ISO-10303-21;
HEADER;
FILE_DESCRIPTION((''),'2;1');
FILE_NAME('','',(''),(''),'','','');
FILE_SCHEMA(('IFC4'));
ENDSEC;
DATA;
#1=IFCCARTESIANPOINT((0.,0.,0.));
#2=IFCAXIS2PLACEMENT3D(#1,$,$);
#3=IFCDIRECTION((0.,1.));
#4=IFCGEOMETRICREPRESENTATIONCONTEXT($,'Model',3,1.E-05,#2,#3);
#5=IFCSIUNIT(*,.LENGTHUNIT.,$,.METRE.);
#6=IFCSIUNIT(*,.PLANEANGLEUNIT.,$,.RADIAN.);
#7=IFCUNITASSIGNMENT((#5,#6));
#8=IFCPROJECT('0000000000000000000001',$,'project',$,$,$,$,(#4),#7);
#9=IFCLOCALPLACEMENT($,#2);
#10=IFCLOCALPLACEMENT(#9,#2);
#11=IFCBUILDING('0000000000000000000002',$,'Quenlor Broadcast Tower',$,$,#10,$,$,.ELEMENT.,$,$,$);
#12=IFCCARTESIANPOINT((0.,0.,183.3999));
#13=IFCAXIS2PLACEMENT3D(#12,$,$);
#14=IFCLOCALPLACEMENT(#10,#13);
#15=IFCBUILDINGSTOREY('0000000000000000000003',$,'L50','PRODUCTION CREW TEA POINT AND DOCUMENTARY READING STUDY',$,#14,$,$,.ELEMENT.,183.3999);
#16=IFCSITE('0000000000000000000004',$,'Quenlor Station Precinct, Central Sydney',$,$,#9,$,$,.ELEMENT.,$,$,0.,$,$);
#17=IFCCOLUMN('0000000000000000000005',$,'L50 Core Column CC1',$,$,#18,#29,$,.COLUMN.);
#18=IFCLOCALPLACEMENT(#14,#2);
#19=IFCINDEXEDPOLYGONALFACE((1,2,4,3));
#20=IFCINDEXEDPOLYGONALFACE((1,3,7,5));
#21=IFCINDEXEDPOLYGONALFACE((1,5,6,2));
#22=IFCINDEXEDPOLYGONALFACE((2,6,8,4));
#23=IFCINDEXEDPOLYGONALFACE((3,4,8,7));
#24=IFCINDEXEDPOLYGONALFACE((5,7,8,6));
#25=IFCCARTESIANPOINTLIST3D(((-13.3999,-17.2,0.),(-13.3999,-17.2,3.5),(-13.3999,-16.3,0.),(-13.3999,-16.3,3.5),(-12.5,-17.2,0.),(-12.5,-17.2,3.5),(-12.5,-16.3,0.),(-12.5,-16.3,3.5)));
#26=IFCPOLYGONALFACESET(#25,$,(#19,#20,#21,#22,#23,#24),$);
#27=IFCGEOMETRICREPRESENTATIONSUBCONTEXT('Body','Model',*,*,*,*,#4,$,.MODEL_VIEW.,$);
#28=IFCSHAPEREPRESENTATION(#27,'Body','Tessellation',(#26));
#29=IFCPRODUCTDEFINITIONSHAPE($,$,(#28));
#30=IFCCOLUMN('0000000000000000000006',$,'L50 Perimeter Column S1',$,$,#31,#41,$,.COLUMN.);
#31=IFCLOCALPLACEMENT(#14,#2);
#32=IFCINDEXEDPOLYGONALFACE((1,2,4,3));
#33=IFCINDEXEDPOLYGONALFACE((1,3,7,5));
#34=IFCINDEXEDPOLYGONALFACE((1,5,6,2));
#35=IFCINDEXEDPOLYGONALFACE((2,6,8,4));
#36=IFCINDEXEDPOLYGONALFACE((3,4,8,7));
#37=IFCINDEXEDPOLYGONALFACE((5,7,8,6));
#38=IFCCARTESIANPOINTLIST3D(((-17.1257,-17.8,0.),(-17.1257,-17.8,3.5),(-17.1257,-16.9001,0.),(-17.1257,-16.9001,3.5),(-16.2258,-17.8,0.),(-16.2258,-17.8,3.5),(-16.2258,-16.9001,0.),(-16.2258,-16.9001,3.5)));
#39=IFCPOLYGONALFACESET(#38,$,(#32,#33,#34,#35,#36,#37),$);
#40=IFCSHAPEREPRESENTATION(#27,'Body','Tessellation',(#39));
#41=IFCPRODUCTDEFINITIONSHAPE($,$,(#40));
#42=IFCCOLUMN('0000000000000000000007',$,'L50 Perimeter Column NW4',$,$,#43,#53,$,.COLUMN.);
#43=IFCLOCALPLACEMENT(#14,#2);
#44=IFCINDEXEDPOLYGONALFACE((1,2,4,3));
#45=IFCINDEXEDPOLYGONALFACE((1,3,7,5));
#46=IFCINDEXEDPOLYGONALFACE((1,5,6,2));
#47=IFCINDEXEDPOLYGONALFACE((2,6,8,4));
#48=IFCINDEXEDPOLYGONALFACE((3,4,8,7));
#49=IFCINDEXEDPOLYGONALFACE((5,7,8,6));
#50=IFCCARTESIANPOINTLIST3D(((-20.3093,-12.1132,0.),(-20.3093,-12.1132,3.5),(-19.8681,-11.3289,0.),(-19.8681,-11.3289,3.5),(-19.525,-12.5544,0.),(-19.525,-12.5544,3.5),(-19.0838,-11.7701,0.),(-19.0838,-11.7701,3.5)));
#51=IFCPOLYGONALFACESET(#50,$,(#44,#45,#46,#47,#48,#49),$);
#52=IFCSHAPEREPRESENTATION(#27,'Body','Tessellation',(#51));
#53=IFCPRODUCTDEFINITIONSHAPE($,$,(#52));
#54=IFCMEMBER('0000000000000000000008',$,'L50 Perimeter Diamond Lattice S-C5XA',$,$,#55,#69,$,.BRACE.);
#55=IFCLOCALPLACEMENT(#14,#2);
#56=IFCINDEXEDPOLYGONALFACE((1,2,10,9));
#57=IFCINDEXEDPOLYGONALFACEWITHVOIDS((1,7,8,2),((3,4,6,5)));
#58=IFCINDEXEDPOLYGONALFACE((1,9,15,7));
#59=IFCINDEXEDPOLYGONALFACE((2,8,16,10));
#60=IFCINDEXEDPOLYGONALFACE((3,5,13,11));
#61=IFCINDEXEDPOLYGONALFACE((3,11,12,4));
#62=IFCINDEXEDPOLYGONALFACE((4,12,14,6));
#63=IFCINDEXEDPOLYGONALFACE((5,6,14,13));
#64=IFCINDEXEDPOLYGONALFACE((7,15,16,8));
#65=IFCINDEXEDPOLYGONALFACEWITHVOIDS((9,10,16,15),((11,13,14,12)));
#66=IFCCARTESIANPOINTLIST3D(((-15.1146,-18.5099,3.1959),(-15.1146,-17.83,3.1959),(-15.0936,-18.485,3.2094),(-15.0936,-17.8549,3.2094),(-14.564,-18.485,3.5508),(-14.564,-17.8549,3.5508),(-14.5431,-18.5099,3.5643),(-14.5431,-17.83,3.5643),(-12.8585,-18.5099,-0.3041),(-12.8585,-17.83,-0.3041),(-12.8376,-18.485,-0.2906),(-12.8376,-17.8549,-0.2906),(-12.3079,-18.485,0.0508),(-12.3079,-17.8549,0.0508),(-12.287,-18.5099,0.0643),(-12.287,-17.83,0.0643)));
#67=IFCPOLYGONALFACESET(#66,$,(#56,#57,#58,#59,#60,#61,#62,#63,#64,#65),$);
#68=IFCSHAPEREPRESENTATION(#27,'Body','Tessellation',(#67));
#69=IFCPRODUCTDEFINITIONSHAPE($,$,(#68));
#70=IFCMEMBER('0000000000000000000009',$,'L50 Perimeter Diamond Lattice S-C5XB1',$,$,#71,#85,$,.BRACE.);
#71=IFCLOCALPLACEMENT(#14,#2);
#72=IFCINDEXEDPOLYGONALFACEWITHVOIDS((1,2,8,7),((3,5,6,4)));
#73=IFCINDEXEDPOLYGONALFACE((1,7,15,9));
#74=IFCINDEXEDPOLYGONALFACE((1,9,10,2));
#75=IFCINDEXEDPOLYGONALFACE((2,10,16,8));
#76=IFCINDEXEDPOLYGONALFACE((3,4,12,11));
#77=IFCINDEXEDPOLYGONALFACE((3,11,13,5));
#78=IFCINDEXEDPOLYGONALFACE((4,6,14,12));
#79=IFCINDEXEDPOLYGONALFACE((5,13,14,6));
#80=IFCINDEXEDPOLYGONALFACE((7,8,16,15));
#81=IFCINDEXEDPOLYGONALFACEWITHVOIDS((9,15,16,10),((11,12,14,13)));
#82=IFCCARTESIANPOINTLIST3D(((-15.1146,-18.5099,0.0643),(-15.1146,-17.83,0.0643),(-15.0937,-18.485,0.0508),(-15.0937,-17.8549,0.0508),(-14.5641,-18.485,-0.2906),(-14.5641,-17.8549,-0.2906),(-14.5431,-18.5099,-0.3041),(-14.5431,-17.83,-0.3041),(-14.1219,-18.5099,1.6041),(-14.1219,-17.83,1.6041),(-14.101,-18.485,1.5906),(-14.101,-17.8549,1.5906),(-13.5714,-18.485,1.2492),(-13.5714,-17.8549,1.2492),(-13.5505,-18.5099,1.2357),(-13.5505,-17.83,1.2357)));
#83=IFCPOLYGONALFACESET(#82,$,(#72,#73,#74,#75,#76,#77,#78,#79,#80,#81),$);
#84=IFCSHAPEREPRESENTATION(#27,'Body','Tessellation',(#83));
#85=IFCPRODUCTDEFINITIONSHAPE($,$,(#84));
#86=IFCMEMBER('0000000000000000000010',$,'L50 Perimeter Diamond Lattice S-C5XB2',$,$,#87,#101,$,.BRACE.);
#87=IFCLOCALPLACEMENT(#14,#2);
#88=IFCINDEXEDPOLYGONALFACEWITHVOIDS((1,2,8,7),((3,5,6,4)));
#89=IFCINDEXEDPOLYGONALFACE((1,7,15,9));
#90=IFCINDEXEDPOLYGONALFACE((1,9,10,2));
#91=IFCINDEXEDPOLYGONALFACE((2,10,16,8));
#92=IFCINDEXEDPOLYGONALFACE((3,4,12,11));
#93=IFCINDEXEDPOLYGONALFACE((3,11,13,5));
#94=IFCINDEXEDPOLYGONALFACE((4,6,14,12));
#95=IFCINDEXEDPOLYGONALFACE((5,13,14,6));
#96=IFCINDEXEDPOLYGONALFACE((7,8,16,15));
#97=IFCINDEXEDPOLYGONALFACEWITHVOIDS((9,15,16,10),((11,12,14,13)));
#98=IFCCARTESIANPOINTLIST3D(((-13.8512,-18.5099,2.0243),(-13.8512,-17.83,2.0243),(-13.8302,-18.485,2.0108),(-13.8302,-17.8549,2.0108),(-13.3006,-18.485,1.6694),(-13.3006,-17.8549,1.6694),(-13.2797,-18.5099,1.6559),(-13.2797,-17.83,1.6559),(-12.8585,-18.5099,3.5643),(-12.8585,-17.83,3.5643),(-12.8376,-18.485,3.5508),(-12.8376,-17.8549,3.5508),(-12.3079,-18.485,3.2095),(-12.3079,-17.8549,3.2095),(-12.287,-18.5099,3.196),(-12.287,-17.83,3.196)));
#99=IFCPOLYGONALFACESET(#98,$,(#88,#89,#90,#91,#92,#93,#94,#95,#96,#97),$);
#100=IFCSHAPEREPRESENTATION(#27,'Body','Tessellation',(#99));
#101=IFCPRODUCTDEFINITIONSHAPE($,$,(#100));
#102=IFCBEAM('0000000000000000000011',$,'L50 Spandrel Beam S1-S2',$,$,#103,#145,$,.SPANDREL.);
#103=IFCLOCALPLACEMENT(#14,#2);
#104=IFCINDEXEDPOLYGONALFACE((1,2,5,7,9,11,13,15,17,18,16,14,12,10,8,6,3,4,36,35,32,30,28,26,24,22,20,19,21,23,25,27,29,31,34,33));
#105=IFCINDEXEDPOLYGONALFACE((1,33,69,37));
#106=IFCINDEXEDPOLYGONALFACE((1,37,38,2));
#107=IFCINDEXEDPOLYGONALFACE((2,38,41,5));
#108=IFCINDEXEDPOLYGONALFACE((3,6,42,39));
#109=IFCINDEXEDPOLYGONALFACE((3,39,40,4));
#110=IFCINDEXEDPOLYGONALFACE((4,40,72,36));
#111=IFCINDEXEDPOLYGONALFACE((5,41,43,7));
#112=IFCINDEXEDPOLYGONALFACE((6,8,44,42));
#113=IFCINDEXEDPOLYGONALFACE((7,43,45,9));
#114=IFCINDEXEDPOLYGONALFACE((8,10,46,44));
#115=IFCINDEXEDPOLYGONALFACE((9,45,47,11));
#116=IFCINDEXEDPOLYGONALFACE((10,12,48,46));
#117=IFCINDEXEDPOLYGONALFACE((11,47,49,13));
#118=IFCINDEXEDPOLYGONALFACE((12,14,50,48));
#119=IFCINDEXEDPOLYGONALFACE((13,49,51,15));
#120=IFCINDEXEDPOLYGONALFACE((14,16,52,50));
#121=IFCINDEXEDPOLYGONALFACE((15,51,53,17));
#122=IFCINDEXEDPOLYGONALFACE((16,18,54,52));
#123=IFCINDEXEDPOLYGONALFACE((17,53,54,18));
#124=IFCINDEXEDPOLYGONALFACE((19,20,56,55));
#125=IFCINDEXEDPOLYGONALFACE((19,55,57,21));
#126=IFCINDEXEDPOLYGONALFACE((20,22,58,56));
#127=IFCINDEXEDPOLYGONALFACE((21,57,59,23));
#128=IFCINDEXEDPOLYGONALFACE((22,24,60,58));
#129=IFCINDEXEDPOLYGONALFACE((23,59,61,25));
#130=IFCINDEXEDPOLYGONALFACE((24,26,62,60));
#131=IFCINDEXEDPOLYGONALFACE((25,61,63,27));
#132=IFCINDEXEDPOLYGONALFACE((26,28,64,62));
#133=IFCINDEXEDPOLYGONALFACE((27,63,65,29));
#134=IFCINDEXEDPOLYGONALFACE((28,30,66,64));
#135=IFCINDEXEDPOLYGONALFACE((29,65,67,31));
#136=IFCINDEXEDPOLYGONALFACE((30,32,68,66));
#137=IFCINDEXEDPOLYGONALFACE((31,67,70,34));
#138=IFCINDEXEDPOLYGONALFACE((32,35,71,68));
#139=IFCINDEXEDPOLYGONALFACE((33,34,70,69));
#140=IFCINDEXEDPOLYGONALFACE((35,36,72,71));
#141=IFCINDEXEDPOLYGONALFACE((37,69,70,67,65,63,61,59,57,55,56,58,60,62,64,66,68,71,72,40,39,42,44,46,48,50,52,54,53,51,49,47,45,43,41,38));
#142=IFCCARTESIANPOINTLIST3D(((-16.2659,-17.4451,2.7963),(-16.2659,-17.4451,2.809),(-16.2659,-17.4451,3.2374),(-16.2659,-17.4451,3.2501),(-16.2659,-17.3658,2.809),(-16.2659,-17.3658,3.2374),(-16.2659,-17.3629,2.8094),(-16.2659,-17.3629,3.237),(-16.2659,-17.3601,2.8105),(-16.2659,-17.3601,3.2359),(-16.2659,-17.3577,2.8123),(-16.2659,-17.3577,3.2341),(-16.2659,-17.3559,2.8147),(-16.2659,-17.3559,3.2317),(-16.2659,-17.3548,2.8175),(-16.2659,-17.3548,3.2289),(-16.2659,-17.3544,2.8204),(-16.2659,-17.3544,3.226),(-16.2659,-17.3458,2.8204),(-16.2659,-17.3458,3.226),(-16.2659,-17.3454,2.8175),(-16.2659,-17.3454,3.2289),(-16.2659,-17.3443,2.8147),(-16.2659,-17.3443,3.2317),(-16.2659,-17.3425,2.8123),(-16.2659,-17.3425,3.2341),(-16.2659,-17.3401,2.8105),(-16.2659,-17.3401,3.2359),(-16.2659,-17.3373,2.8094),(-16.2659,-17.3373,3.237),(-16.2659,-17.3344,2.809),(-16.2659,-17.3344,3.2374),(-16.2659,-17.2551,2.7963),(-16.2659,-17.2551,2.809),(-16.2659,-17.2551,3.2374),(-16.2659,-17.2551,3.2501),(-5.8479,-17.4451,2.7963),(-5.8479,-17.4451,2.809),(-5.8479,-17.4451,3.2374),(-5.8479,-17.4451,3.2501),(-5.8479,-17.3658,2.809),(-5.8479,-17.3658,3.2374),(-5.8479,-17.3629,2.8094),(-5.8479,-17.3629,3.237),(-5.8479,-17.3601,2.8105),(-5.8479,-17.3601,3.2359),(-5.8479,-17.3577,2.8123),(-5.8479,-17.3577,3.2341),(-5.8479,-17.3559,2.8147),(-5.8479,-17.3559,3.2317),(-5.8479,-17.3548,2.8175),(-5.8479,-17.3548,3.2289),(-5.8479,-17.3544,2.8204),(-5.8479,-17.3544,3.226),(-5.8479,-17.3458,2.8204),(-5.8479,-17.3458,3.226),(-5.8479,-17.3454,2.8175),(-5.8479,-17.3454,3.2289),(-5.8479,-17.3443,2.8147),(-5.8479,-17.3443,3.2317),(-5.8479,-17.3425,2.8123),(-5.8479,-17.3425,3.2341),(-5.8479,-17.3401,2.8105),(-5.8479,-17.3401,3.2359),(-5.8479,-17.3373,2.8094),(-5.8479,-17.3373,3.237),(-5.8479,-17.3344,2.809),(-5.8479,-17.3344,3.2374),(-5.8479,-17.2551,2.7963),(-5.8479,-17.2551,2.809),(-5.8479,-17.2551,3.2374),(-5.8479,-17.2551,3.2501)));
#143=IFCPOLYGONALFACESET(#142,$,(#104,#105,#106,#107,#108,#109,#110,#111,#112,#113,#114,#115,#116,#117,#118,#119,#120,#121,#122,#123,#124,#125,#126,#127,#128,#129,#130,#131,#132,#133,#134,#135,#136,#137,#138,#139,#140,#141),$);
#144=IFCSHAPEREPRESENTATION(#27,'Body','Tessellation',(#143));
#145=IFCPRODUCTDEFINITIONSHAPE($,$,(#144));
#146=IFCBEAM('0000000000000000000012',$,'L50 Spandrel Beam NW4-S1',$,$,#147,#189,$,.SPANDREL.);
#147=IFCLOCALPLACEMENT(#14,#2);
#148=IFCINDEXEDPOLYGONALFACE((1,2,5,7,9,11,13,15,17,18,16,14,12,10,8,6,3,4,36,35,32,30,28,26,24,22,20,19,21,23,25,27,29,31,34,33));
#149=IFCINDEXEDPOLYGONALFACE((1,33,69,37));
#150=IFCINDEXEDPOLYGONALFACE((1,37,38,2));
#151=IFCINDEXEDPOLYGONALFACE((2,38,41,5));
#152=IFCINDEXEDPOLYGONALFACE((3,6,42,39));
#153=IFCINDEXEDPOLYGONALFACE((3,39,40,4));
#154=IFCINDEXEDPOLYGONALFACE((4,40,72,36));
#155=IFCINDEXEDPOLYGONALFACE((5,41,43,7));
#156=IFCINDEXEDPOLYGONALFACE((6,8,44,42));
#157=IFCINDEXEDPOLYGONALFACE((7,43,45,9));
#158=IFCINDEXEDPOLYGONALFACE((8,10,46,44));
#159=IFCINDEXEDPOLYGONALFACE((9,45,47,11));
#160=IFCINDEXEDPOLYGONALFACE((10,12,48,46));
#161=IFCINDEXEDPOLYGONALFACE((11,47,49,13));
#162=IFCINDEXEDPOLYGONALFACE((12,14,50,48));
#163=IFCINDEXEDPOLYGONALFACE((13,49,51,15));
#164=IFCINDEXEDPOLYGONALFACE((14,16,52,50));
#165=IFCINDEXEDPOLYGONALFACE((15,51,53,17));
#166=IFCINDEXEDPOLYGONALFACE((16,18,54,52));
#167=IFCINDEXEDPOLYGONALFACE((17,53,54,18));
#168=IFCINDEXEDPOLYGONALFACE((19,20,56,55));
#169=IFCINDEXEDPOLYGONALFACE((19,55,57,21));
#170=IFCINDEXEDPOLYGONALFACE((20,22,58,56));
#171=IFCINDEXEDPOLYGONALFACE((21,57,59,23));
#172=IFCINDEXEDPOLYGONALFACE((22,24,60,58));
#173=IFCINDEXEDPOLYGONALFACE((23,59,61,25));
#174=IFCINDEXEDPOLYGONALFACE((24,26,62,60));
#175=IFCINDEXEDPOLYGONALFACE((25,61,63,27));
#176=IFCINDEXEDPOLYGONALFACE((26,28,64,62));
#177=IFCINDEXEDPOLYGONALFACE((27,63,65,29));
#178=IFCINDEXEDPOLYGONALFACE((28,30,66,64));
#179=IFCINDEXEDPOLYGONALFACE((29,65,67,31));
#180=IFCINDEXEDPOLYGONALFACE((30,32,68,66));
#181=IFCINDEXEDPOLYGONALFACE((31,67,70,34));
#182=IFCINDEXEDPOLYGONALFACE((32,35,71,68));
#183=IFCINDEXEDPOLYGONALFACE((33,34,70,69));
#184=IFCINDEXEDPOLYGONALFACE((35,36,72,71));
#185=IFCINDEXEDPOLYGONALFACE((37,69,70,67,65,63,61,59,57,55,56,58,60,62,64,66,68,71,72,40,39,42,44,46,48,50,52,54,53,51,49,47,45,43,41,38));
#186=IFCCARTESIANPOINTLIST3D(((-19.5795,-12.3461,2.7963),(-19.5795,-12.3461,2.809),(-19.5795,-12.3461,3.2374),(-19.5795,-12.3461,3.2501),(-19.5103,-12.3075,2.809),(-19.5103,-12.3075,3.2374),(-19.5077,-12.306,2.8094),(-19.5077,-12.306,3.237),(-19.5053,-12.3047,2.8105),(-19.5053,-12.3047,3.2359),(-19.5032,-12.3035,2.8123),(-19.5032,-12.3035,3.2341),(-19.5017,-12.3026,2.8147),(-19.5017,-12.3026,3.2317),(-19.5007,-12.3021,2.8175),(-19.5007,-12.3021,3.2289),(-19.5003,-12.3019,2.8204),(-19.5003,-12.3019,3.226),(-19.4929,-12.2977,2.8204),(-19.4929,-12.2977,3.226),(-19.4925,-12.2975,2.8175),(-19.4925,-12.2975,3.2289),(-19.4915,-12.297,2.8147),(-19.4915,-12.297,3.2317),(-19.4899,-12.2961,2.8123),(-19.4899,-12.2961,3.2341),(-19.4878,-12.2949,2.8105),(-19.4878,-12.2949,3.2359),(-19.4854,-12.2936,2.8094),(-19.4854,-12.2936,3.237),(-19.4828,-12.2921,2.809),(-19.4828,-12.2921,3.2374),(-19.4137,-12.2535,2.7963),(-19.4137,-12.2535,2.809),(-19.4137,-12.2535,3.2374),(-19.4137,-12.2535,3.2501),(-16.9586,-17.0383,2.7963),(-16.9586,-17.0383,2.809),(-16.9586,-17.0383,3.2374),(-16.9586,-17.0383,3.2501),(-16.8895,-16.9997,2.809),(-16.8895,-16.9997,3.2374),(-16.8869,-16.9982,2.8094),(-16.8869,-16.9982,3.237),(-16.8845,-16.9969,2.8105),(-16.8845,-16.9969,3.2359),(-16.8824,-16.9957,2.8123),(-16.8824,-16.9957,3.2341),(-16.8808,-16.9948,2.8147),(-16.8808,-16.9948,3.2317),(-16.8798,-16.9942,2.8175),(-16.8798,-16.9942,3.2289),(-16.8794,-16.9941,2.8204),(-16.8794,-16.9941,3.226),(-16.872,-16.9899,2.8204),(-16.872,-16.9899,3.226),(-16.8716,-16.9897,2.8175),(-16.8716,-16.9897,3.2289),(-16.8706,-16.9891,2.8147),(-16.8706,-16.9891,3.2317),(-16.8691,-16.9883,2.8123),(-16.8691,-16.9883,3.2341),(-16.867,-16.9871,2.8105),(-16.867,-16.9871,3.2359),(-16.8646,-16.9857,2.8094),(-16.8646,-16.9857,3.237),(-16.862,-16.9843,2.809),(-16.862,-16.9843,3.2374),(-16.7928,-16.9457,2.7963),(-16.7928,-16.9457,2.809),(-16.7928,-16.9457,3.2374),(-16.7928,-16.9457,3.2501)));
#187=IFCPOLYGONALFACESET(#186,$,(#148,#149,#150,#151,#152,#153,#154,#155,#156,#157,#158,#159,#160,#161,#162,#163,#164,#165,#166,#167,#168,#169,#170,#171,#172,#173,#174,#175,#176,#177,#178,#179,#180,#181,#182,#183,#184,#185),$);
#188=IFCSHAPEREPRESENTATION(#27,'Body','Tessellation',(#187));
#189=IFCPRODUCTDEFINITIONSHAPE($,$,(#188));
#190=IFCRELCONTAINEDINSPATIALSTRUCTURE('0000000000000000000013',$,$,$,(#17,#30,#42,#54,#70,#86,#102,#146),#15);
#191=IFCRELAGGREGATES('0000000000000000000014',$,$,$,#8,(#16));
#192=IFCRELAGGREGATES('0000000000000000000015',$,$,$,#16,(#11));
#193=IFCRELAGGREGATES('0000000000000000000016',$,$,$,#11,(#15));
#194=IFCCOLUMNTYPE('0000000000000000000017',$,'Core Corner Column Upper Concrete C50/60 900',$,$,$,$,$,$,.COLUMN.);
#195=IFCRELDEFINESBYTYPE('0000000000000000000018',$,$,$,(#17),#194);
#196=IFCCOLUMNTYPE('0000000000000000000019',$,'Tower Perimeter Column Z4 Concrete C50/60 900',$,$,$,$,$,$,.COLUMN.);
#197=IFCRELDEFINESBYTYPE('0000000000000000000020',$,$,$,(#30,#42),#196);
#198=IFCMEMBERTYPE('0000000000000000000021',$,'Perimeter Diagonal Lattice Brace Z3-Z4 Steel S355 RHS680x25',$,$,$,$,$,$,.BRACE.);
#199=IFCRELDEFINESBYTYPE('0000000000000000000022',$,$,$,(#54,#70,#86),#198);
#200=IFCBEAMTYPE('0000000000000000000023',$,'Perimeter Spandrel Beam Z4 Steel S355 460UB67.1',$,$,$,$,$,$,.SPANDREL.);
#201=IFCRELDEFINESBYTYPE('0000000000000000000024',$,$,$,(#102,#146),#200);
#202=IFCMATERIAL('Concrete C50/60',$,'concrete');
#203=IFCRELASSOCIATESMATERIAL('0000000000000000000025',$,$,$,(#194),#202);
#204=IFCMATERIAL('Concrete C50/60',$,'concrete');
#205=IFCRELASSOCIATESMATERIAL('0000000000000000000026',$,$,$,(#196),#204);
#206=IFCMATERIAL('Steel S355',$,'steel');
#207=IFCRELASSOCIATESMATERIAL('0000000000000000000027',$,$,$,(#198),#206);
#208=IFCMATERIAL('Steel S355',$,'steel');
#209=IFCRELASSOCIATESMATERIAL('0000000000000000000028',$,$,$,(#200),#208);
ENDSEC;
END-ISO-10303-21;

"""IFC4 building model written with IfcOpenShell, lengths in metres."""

from ifc_helpers import new_model, si_unit, direction, frame, origin, origin_2d, place, context, subcontext, project, spatial, rectangle, hollow_rectangle, i_section, extrude, material, material_profile, profile_set, type_object, element, save


model = new_model("IFC4")

# Units and contexts
model_context = context("Model", 3, precision=1e-05, world=origin(), true_north=direction((0.0, 1.0)))
body_context = subcontext(model_context, "Body", "Model", "MODEL_VIEW")
ifc_project = project(units=[si_unit("LENGTHUNIT", "METRE"), si_unit("PLANEANGLEUNIT", "RADIAN")], contexts=[model_context])

# Site, building, storey
site_placement = place(None, origin())
site = spatial("IfcSite", under=ifc_project, at=site_placement, Name="Quenlor Station Precinct, Central Sydney", CompositionType="ELEMENT", RefElevation=0.0)
building_placement = place(site_placement, origin())
building = spatial("IfcBuilding", under=site, at=building_placement, Name="Quenlor Broadcast Tower", CompositionType="ELEMENT")
storey_placement = place(building_placement, frame((0.0, 0.0, 183.3999)))
storey = spatial("IfcBuildingStorey", under=building, at=storey_placement, Name="L50", Description="PRODUCTION CREW TEA POINT AND DOCUMENTARY READING STUDY", CompositionType="ELEMENT", Elevation=183.3999)

# Columns
ifc_material_1 = material(Name="Concrete C50/60", Category="concrete")
ifc_material_profile_1 = material_profile(ifc_material_1, rectangle(XDim=0.8999, YDim=0.8999, at=origin_2d()))
ifc_profile_set_1 = profile_set([ifc_material_profile_1], Name="Concrete C50/60 RC900x900")
column_type_1 = type_object("IfcColumnType", Name="Core Corner Column Upper Concrete C50/60 900", PredefinedType="COLUMN", material=ifc_profile_set_1)
column_placement = place(storey_placement, frame((-12.95, -16.75, 0.0), z_axis=(0.0, 0.0, 1.0), x_axis=(1.0, 0.0, 0.0)))
element("IfcColumn", 1, at=column_placement, inside=storey, type_object=column_type_1, Name="L50 Core Column CC1", PredefinedType="COLUMN", context=body_context, shape_type="SweptSolid", body=[
    extrude(rectangle(XDim=0.8999, YDim=0.8999, at=origin_2d()), origin(), (0.0, 0.0, 1.0), 3.5),
])
ifc_material_2 = material(Name="Concrete C50/60", Category="concrete")
ifc_material_profile_2 = material_profile(ifc_material_2, rectangle(XDim=0.8999, YDim=0.8999, at=origin_2d()))
ifc_profile_set_2 = profile_set([ifc_material_profile_2], Name="Concrete C50/60 RC900x900")
column_type_2 = type_object("IfcColumnType", Name="Tower Perimeter Column Z4 Concrete C50/60 900", PredefinedType="COLUMN", material=ifc_profile_set_2)
for number, where, z_axis, x_axis, name in (
    (2, (-16.6758, -17.3501, 0.0), (0.0, 0.0, 1.0), (0.0, 1.0, 0.0), "L50 Perimeter Column S1"),
    (3, (-19.6965, -11.9417, 0.0), (0.0, 0.0, 1.0), (-0.871575, 0.490262, 0.0), "L50 Perimeter Column NW4"),
):
    element("IfcColumn", number, at=place(storey_placement, frame(where, z_axis=z_axis, x_axis=x_axis)), inside=storey, type_object=column_type_2, Name=name, PredefinedType="COLUMN", context=body_context, shape_type="SweptSolid", body=[
        extrude(rectangle(XDim=0.8999, YDim=0.8999, at=origin_2d()), origin(), (0.0, 0.0, 1.0), 3.5),
    ])

# Members
ifc_material_3 = material(Name="Steel S355", Category="steel")
ifc_material_profile_3 = material_profile(ifc_material_3, hollow_rectangle(XDim=0.6799, YDim=0.6799, WallThickness=0.0249, at=origin_2d()))
ifc_profile_set_3 = profile_set([ifc_material_profile_3], Name="Steel S355 RHS680x680x25")
member_type = type_object("IfcMemberType", Name="Perimeter Diagonal Lattice Brace Z3-Z4 Steel S355 RHS680x25", PredefinedType="BRACE", material=ifc_profile_set_3)
member_1_placement = place(storey_placement, frame((-12.5728, -18.1699, -0.1199), z_axis=(-0.541794, 0.0, 0.840511), x_axis=(0.0, -1.0, 0.0)))
element("IfcMember", 4, at=member_1_placement, inside=storey, type_object=member_type, Name="L50 Perimeter Diamond Lattice S-C5XA", PredefinedType="BRACE", context=body_context, shape_type="SweptSolid", body=[
    extrude(hollow_rectangle(XDim=0.6799, YDim=0.6799, WallThickness=0.0249, at=origin_2d()), origin(), (0.0, 0.0, 1.0), 4.1641),
])
member_2_placement = place(storey_placement, frame((-14.8289, -18.1699, -0.1199), z_axis=(0.541842, 0.0, 0.840481), x_axis=(0.0, 1.0, 0.0)))
element("IfcMember", 5, at=member_2_placement, inside=storey, type_object=member_type, Name="L50 Perimeter Diamond Lattice S-C5XB1", PredefinedType="BRACE", context=body_context, shape_type="SweptSolid", body=[
    extrude(hollow_rectangle(XDim=0.6799, YDim=0.6799, WallThickness=0.0249, at=origin_2d()), origin(), (0.0, 0.0, 1.0), 1.832),
])
member_3_placement = place(storey_placement, frame((-13.5654, -18.1699, 1.8401), z_axis=(0.541781, 0.0, 0.84052), x_axis=(0.0, 1.0, 0.0)))
element("IfcMember", 6, at=member_3_placement, inside=storey, type_object=member_type, Name="L50 Perimeter Diamond Lattice S-C5XB2", PredefinedType="BRACE", context=body_context, shape_type="SweptSolid", body=[
    extrude(hollow_rectangle(XDim=0.6799, YDim=0.6799, WallThickness=0.0249, at=origin_2d()), origin(), (0.0, 0.0, 1.0), 1.8323),
])

# Beams
ifc_material_4 = material(Name="Steel S355", Category="steel")
ifc_material_profile_4 = material_profile(ifc_material_4, i_section(OverallWidth=0.1899, OverallDepth=0.4539, WebThickness=0.0085, FlangeThickness=0.0127, FilletRadius=0.0115, at=origin_2d()))
ifc_profile_set_4 = profile_set([ifc_material_profile_4], Name="Steel S355 460UB67.1")
beam_type_1 = type_object("IfcBeamType", Name="Perimeter Spandrel Beam Z4 Steel S355 460UB67.1", PredefinedType="SPANDREL", material=ifc_profile_set_4)
beam_1_placement = place(storey_placement, frame((-16.2659, -17.3501, 3.0232), z_axis=(1.0, 0.0, 0.0), x_axis=(0.0, 1.0, 0.0)))
element("IfcBeam", 7, at=beam_1_placement, inside=storey, type_object=beam_type_1, Name="L50 Spandrel Beam S1-S2", PredefinedType="SPANDREL", context=body_context, shape_type="SweptSolid", body=[
    extrude(i_section(OverallWidth=0.1899, OverallDepth=0.4539, WebThickness=0.0085, FlangeThickness=0.0127, FilletRadius=0.0115, at=origin_2d()), origin(), (0.0, 0.0, 1.0), 10.418),
])
beam_2_placement = place(storey_placement, frame((-19.4966, -12.2998, 3.0232), z_axis=(0.487647, -0.873041, 0.0), x_axis=(0.873041, 0.487647, 0.0)))
element("IfcBeam", 8, at=beam_2_placement, inside=storey, type_object=beam_type_1, Name="L50 Spandrel Beam NW4-S1", PredefinedType="SPANDREL", context=body_context, shape_type="SweptSolid", body=[
    extrude(i_section(OverallWidth=0.1899, OverallDepth=0.4539, WebThickness=0.0085, FlangeThickness=0.0127, FilletRadius=0.0115, at=origin_2d()), origin(), (0.0, 0.0, 1.0), 5.3745),
])

save(model, "model.ifc")
